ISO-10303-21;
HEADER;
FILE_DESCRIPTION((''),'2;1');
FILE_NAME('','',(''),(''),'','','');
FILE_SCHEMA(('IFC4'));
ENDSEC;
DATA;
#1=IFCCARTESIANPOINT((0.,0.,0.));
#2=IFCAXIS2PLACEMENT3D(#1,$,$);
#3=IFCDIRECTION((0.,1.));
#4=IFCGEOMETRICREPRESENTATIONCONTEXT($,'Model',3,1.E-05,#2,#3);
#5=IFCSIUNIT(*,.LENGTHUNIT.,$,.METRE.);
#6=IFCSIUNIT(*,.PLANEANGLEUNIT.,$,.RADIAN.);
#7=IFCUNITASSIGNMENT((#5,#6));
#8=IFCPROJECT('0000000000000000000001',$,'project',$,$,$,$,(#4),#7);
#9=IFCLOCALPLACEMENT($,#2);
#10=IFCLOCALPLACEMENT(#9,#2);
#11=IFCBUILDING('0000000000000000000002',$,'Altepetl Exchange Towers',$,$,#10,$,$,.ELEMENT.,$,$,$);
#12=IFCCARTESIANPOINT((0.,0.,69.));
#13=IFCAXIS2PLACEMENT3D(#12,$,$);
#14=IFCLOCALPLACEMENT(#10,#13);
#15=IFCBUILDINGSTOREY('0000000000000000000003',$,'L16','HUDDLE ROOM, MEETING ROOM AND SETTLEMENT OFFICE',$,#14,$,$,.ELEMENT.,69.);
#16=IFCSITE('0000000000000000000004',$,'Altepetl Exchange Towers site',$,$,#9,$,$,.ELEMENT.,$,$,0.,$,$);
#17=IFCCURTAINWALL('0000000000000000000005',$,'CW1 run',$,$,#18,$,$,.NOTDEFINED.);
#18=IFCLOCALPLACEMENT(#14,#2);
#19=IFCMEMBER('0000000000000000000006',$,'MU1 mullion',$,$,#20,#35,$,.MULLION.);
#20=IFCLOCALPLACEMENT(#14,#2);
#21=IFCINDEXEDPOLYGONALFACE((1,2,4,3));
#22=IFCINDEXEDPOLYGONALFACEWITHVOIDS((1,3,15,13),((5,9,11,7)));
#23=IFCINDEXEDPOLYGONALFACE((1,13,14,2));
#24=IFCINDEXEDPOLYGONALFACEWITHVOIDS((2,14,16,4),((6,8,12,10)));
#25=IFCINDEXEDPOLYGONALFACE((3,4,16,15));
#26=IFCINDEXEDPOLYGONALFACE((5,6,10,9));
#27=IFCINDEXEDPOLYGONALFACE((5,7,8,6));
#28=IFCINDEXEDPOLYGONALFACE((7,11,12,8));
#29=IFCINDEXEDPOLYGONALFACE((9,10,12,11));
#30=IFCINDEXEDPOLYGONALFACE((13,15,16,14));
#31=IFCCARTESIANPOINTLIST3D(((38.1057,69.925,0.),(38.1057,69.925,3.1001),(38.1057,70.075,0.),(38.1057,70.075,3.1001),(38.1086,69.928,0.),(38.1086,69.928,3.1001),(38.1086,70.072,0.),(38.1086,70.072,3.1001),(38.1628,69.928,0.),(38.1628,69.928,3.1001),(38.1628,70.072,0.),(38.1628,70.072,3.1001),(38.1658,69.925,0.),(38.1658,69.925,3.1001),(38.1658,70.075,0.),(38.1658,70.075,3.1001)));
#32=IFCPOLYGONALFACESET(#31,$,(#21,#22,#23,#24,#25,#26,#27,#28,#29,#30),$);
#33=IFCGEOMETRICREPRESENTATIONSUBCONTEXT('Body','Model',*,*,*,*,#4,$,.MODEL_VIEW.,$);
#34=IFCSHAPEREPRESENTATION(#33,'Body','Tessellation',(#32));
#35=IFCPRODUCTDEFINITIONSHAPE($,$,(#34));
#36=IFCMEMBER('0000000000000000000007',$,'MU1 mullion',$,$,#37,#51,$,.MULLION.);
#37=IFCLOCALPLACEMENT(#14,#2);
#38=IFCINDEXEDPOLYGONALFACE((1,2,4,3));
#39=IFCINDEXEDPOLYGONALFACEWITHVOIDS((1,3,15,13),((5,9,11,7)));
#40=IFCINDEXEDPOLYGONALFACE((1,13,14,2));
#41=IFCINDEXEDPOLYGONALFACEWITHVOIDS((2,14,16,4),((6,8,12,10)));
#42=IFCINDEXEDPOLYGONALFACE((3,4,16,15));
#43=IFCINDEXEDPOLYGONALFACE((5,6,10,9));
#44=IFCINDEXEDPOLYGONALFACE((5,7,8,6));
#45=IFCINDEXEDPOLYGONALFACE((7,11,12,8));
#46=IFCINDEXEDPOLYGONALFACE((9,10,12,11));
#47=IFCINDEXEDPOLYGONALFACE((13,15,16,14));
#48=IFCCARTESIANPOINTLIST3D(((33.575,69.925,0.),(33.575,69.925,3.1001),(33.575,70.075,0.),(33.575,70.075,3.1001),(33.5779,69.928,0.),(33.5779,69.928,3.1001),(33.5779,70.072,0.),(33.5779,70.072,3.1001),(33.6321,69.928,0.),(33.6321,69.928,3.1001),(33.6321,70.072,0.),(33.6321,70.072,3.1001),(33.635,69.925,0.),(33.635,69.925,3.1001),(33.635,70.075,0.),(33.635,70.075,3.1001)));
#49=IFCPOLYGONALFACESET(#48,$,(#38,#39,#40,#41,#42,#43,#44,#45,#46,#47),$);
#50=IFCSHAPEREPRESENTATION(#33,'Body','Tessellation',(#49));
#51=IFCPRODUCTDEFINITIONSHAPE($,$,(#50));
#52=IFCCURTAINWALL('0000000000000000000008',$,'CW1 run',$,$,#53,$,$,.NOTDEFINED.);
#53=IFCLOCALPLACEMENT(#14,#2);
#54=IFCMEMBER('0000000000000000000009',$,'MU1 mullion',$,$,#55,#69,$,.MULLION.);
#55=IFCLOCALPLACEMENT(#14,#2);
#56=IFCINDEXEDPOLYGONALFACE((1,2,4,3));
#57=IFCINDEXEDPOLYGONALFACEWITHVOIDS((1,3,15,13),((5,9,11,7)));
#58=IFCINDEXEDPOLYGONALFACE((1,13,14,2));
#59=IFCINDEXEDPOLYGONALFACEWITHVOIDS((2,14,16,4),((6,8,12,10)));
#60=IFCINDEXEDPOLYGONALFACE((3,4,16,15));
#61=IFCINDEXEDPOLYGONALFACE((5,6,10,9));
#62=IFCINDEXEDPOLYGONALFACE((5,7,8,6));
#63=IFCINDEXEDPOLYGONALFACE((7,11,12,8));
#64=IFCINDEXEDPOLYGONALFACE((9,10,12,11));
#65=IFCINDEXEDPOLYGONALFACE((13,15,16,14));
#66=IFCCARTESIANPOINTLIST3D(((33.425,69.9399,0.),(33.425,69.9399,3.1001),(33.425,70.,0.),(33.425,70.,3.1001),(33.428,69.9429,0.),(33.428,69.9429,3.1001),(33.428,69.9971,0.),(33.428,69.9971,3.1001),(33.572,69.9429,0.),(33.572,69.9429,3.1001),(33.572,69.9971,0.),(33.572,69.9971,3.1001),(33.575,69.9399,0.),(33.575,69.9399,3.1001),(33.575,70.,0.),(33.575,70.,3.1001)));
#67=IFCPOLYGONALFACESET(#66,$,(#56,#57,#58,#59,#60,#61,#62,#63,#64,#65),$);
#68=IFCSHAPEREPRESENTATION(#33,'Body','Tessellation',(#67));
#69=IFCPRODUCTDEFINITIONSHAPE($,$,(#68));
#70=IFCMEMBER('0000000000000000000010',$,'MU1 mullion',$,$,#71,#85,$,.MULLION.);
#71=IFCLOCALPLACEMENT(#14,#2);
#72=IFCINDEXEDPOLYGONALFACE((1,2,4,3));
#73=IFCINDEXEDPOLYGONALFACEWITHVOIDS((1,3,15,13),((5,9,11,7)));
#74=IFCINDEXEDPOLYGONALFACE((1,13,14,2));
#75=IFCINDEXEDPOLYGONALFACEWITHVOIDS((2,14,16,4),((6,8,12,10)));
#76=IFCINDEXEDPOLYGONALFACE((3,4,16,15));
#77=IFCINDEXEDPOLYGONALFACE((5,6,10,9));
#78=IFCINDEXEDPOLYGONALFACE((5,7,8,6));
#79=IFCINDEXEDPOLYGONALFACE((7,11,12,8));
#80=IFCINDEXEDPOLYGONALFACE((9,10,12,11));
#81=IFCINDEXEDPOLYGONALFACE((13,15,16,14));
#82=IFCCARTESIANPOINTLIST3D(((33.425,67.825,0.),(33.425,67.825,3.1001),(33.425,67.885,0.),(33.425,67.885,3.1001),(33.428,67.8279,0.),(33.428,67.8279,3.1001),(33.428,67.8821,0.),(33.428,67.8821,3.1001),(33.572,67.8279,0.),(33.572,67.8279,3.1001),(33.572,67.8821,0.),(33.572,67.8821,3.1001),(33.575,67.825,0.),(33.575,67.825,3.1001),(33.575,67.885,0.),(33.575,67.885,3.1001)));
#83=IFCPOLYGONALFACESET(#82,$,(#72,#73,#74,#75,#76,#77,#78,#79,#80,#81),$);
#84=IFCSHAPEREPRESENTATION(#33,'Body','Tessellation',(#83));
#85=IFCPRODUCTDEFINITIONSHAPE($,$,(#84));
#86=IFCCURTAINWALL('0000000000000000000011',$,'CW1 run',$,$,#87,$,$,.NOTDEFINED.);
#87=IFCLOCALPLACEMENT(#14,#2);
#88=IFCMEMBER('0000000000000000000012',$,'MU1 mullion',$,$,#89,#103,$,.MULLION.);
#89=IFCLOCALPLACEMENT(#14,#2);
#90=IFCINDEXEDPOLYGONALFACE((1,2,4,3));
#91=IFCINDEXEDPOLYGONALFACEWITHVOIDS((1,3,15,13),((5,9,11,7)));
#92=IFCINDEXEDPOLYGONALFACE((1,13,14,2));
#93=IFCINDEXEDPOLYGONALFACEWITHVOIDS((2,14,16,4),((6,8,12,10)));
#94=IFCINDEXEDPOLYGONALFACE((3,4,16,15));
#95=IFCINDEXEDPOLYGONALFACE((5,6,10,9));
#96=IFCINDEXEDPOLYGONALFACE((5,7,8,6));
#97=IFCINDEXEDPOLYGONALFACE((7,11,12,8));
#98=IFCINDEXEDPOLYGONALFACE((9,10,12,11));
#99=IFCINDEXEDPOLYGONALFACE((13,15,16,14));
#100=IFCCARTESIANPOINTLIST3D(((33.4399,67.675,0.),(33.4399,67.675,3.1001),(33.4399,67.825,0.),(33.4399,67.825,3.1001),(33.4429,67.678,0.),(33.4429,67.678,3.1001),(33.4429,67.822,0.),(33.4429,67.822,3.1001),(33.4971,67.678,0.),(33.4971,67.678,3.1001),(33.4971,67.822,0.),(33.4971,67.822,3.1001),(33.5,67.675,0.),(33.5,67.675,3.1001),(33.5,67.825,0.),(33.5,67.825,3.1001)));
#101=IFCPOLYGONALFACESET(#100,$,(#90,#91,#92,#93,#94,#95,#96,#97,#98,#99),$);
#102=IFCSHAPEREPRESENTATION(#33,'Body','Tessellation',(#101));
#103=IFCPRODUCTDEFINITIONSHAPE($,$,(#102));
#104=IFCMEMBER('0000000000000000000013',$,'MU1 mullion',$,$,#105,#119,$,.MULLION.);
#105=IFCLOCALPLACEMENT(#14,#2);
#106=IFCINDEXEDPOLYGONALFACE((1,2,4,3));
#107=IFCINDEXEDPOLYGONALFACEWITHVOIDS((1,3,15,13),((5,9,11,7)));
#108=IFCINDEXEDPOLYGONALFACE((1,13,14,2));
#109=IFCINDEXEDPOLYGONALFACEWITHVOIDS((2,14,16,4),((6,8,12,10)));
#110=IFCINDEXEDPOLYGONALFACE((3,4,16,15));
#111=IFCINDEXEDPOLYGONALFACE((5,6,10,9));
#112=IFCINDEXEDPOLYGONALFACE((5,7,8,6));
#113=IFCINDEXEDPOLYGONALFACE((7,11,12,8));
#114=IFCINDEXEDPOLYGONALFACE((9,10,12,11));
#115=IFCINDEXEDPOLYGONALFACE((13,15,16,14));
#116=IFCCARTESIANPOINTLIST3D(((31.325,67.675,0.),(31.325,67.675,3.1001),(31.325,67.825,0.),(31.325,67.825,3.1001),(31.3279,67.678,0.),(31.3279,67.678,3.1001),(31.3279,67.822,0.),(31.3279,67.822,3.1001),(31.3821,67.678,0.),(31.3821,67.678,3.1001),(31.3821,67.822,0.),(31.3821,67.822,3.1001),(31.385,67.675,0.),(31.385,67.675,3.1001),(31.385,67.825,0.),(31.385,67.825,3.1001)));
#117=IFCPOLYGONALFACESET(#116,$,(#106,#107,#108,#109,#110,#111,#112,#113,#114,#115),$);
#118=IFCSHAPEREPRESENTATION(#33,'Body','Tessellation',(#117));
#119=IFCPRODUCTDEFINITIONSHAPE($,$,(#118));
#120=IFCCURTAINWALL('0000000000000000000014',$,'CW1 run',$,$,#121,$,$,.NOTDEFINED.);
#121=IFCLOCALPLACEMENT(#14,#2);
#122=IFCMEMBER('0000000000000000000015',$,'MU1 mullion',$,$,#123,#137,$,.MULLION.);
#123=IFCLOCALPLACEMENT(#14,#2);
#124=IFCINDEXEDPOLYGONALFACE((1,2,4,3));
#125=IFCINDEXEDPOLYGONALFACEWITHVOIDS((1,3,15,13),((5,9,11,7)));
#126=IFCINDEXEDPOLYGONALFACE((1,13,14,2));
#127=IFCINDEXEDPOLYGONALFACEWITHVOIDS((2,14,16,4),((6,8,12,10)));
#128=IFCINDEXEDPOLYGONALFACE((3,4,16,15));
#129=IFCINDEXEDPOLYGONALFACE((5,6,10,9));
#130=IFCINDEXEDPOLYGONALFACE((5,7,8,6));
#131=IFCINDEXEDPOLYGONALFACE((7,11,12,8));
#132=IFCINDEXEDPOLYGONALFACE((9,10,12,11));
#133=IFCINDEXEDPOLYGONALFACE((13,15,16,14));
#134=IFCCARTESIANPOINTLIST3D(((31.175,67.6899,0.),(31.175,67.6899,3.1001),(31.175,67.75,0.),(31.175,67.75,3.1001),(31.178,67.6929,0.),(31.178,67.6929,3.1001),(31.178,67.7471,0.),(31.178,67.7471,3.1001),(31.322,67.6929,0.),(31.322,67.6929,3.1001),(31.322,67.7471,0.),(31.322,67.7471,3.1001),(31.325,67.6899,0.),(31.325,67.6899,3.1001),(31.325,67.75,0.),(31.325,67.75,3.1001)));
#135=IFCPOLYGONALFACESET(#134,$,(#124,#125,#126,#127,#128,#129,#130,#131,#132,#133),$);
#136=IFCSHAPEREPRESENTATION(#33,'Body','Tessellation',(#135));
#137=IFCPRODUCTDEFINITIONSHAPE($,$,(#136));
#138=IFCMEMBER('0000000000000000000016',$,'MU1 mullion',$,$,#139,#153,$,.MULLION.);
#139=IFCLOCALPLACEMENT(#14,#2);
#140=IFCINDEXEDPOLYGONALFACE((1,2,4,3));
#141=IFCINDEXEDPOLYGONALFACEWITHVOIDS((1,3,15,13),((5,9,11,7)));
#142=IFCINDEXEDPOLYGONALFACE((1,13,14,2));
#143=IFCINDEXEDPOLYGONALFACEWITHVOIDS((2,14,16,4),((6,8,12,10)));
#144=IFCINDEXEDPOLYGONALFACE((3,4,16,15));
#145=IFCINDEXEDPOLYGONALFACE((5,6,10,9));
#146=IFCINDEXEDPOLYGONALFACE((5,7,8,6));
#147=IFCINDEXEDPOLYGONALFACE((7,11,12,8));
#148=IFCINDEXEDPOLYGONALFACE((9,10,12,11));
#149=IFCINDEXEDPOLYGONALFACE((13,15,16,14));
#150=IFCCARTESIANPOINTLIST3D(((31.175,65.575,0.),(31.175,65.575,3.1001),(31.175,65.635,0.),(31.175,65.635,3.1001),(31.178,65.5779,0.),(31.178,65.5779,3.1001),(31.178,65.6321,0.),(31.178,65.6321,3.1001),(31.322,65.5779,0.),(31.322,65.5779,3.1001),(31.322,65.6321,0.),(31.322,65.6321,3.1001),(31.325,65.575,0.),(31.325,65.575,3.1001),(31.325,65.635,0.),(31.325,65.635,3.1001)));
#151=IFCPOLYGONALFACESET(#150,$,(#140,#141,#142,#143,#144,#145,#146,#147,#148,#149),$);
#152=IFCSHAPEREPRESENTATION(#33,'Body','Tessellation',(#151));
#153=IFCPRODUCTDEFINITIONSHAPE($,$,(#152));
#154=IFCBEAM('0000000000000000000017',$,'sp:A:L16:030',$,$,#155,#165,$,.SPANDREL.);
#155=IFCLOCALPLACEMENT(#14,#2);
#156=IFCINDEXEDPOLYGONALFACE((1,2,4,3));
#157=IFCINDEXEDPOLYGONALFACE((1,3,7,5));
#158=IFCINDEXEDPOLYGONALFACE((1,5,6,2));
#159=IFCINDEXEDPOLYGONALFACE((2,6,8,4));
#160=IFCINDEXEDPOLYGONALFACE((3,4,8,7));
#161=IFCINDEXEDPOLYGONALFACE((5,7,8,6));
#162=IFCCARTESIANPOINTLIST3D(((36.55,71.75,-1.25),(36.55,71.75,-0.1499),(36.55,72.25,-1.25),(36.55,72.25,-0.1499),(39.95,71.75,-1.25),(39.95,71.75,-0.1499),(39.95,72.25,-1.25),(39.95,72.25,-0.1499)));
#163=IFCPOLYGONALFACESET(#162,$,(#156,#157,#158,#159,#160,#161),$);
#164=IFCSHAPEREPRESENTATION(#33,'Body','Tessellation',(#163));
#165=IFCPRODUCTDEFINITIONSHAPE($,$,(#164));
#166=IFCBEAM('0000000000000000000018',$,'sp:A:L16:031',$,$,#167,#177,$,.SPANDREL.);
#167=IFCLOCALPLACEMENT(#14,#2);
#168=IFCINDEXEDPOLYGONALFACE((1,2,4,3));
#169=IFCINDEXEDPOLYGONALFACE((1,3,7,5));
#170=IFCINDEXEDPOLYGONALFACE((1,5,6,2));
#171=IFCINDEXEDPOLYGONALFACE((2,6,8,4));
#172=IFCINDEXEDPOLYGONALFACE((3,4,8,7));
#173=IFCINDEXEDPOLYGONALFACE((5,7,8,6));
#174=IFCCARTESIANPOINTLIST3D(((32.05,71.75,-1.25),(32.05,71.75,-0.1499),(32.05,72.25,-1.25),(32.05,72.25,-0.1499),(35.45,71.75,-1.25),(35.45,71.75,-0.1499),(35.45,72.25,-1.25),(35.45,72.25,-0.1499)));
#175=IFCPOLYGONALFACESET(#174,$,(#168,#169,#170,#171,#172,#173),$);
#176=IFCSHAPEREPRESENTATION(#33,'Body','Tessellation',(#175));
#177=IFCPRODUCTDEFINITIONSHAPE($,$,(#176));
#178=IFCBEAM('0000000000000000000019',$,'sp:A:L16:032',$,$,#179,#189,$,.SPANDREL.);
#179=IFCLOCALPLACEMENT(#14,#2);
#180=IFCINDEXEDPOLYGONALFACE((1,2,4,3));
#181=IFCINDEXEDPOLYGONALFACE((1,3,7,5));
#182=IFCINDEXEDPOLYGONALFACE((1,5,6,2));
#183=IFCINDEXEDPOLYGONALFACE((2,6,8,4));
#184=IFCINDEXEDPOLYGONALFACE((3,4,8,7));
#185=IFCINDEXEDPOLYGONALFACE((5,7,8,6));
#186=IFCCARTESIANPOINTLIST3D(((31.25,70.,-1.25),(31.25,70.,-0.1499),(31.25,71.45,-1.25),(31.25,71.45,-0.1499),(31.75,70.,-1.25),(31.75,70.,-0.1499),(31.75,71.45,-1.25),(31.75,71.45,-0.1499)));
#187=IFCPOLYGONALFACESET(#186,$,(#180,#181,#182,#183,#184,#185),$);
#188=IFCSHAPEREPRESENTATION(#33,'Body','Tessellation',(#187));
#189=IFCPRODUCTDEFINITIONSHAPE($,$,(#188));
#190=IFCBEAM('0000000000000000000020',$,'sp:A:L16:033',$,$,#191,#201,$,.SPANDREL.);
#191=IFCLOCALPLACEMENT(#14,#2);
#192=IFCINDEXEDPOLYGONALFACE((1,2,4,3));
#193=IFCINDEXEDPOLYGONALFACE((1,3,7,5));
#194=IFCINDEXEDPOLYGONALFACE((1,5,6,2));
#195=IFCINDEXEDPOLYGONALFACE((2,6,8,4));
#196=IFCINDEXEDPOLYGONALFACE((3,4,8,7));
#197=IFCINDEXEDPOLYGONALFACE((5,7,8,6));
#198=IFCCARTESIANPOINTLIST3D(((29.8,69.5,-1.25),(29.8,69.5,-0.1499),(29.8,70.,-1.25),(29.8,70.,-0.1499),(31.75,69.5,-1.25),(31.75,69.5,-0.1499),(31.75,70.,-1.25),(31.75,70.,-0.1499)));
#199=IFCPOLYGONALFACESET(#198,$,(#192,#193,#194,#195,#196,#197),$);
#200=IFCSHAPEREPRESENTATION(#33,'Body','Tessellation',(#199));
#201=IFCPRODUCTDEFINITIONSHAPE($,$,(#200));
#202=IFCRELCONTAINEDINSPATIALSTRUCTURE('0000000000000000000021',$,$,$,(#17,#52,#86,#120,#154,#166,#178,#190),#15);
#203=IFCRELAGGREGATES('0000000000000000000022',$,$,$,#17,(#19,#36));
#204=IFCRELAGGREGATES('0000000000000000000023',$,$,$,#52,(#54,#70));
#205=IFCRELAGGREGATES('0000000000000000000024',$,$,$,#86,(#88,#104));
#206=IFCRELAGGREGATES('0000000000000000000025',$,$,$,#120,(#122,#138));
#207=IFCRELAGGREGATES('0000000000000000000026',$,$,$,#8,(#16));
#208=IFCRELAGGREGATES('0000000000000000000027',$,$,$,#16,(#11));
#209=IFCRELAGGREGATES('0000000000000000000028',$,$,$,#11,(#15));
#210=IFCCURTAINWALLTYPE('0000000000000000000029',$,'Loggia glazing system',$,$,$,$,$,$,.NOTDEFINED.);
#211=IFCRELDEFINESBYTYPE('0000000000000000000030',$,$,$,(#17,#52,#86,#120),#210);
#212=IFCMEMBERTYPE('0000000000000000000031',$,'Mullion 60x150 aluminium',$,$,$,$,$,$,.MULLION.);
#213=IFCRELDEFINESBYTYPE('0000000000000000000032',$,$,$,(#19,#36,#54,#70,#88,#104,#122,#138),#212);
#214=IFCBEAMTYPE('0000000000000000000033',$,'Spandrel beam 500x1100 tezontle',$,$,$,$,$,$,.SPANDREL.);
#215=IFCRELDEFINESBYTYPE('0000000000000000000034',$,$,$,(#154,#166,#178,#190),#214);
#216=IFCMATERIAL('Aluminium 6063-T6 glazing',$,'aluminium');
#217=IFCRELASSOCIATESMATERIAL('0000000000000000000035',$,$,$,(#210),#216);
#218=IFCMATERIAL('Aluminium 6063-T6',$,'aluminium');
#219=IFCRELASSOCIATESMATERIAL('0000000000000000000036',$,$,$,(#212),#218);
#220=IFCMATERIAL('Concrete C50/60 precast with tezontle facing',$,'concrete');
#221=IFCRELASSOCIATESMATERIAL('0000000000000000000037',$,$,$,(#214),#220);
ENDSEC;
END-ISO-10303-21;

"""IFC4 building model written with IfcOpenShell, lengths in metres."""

from ifc_helpers import new_model, si_unit, direction, frame, origin, origin_2d, place, context, subcontext, project, spatial, rectangle, hollow_rectangle, extrude, material, material_profile, profile_set, type_object, element, aggregate, save


model = new_model("IFC4")

# Units and contexts
model_context = context("Model", 3, precision=1e-05, world=origin(), true_north=direction((0.0, 1.0)))
body_context = subcontext(model_context, "Body", "Model", "MODEL_VIEW")
ifc_project = project(units=[si_unit("LENGTHUNIT", "METRE"), si_unit("PLANEANGLEUNIT", "RADIAN")], contexts=[model_context])

# Site, building, storey
site_placement = place(None, origin())
site = spatial("IfcSite", under=ifc_project, at=site_placement, Name="Altepetl Exchange Towers site", CompositionType="ELEMENT", RefElevation=0.0)
building_placement = place(site_placement, origin())
building = spatial("IfcBuilding", under=site, at=building_placement, Name="Altepetl Exchange Towers", CompositionType="ELEMENT")
storey_placement = place(building_placement, frame((0.0, 0.0, 69.0)))
storey = spatial("IfcBuildingStorey", under=building, at=storey_placement, Name="L16", Description="HUDDLE ROOM, MEETING ROOM AND SETTLEMENT OFFICE", CompositionType="ELEMENT", Elevation=69.0)

# Shared definitions
ifc_material_1 = material(Name="Aluminium 6063-T6 glazing", Category="aluminium")
curtain_wall_type = type_object("IfcCurtainWallType", Name="Loggia glazing system", PredefinedType="NOTDEFINED", material=ifc_material_1)
ifc_material_2 = material(Name="Aluminium 6063-T6", Category="aluminium")
ifc_material_profile_1 = material_profile(ifc_material_2, hollow_rectangle(XDim=0.0601, YDim=0.1499, WallThickness=0.0029, at=origin_2d()), Name="Mullion 60x150 aluminium")
ifc_profile_set_1 = profile_set([ifc_material_profile_1], Name="Aluminium 6063-T6")
member_type = type_object("IfcMemberType", Name="Mullion 60x150 aluminium", PredefinedType="MULLION", material=ifc_profile_set_1)

# Curtain walls, members
curtain_wall_1_placement = place(storey_placement, origin())
curtain_wall_1 = element("IfcCurtainWall", 1, at=curtain_wall_1_placement, inside=storey, type_object=curtain_wall_type, Name="CW1 run", PredefinedType="NOTDEFINED")
member_1_placement = place(storey_placement, frame((38.1357, 70.0, 0.0), z_axis=(0.0, 0.0, 1.0), x_axis=(-1.0, 0.0, 0.0)))
member_1 = element("IfcMember", 2, at=member_1_placement, type_object=member_type, Name="MU1 mullion", PredefinedType="MULLION", context=body_context, shape_type="SweptSolid", body=[
    extrude(hollow_rectangle(XDim=0.0601, YDim=0.1499, WallThickness=0.0029, at=origin_2d()), origin(), (0.0, 0.0, 1.0), 3.1001),
])
member_2_placement = place(storey_placement, frame((33.605, 70.0, 0.0), z_axis=(0.0, 0.0, 1.0), x_axis=(-1.0, 0.0, 0.0)))
member_2 = element("IfcMember", 3, at=member_2_placement, type_object=member_type, Name="MU1 mullion", PredefinedType="MULLION", context=body_context, shape_type="SweptSolid", body=[
    extrude(hollow_rectangle(XDim=0.0601, YDim=0.1499, WallThickness=0.0029, at=origin_2d()), origin(), (0.0, 0.0, 1.0), 3.1001),
])
curtain_wall_2_placement = place(storey_placement, origin())
curtain_wall_2 = element("IfcCurtainWall", 4, at=curtain_wall_2_placement, inside=storey, type_object=curtain_wall_type, Name="CW1 run", PredefinedType="NOTDEFINED")
member_3_placement = place(storey_placement, frame((33.5, 69.97, 0.0), z_axis=(0.0, 0.0, 1.0), x_axis=(0.0, -1.0, 0.0)))
member_3 = element("IfcMember", 5, at=member_3_placement, type_object=member_type, Name="MU1 mullion", PredefinedType="MULLION", context=body_context, shape_type="SweptSolid", body=[
    extrude(hollow_rectangle(XDim=0.0601, YDim=0.1499, WallThickness=0.0029, at=origin_2d()), origin(), (0.0, 0.0, 1.0), 3.1001),
])
member_4_placement = place(storey_placement, frame((33.5, 67.855, 0.0), z_axis=(0.0, 0.0, 1.0), x_axis=(0.0, -1.0, 0.0)))
member_4 = element("IfcMember", 6, at=member_4_placement, type_object=member_type, Name="MU1 mullion", PredefinedType="MULLION", context=body_context, shape_type="SweptSolid", body=[
    extrude(hollow_rectangle(XDim=0.0601, YDim=0.1499, WallThickness=0.0029, at=origin_2d()), origin(), (0.0, 0.0, 1.0), 3.1001),
])
curtain_wall_3_placement = place(storey_placement, origin())
curtain_wall_3 = element("IfcCurtainWall", 7, at=curtain_wall_3_placement, inside=storey, type_object=curtain_wall_type, Name="CW1 run", PredefinedType="NOTDEFINED")
member_5_placement = place(storey_placement, frame((33.47, 67.75, 0.0), z_axis=(0.0, 0.0, 1.0), x_axis=(-1.0, 0.0, 0.0)))
member_5 = element("IfcMember", 8, at=member_5_placement, type_object=member_type, Name="MU1 mullion", PredefinedType="MULLION", context=body_context, shape_type="SweptSolid", body=[
    extrude(hollow_rectangle(XDim=0.0601, YDim=0.1499, WallThickness=0.0029, at=origin_2d()), origin(), (0.0, 0.0, 1.0), 3.1001),
])
member_6_placement = place(storey_placement, frame((31.355, 67.75, 0.0), z_axis=(0.0, 0.0, 1.0), x_axis=(-1.0, 0.0, 0.0)))
member_6 = element("IfcMember", 9, at=member_6_placement, type_object=member_type, Name="MU1 mullion", PredefinedType="MULLION", context=body_context, shape_type="SweptSolid", body=[
    extrude(hollow_rectangle(XDim=0.0601, YDim=0.1499, WallThickness=0.0029, at=origin_2d()), origin(), (0.0, 0.0, 1.0), 3.1001),
])
curtain_wall_4_placement = place(storey_placement, origin())
curtain_wall_4 = element("IfcCurtainWall", 10, at=curtain_wall_4_placement, inside=storey, type_object=curtain_wall_type, Name="CW1 run", PredefinedType="NOTDEFINED")
member_7_placement = place(storey_placement, frame((31.25, 67.72, 0.0), z_axis=(0.0, 0.0, 1.0), x_axis=(0.0, -1.0, 0.0)))
member_7 = element("IfcMember", 11, at=member_7_placement, type_object=member_type, Name="MU1 mullion", PredefinedType="MULLION", context=body_context, shape_type="SweptSolid", body=[
    extrude(hollow_rectangle(XDim=0.0601, YDim=0.1499, WallThickness=0.0029, at=origin_2d()), origin(), (0.0, 0.0, 1.0), 3.1001),
])
member_8_placement = place(storey_placement, frame((31.25, 65.605, 0.0), z_axis=(0.0, 0.0, 1.0), x_axis=(0.0, -1.0, 0.0)))
member_8 = element("IfcMember", 12, at=member_8_placement, type_object=member_type, Name="MU1 mullion", PredefinedType="MULLION", context=body_context, shape_type="SweptSolid", body=[
    extrude(hollow_rectangle(XDim=0.0601, YDim=0.1499, WallThickness=0.0029, at=origin_2d()), origin(), (0.0, 0.0, 1.0), 3.1001),
])

# Beams
ifc_material_3 = material(Name="Concrete C50/60 precast with tezontle facing", Category="concrete")
ifc_material_profile_2 = material_profile(ifc_material_3, rectangle(XDim=0.5, YDim=1.1001, at=origin_2d()), Name="500 x 1100")
ifc_profile_set_2 = profile_set([ifc_material_profile_2], Name="Concrete C50/60 precast with tezontle facing")
beam_type_1 = type_object("IfcBeamType", Name="Spandrel beam 500x1100 tezontle", PredefinedType="SPANDREL", material=ifc_profile_set_2)
for number, where, z_axis, x_axis, name in (
    (13, (39.95, 72.0, -0.7), (-1.0, 0.0, 0.0), (0.0, -1.0, 0.0), "sp:A:L16:030"),
    (14, (35.45, 72.0, -0.7), (-1.0, 0.0, 0.0), (0.0, -1.0, 0.0), "sp:A:L16:031"),
):
    element("IfcBeam", number, at=place(storey_placement, frame(where, z_axis=z_axis, x_axis=x_axis)), inside=storey, type_object=beam_type_1, Name=name, PredefinedType="SPANDREL", context=body_context, shape_type="SweptSolid", body=[
        extrude(rectangle(XDim=0.5, YDim=1.1001, at=origin_2d()), origin(), (0.0, 0.0, 1.0), 3.3999),
    ])
beam_1_placement = place(storey_placement, frame((31.5, 71.45, -0.7), z_axis=(0.0, -1.0, 0.0), x_axis=(1.0, 0.0, 0.0)))
element("IfcBeam", 15, at=beam_1_placement, inside=storey, type_object=beam_type_1, Name="sp:A:L16:032", PredefinedType="SPANDREL", context=body_context, shape_type="SweptSolid", body=[
    extrude(rectangle(XDim=0.5, YDim=1.1001, at=origin_2d()), origin(), (0.0, 0.0, 1.0), 1.45),
])
beam_2_placement = place(storey_placement, frame((31.75, 69.75, -0.7), z_axis=(-1.0, 0.0, 0.0), x_axis=(0.0, -1.0, 0.0)))
element("IfcBeam", 16, at=beam_2_placement, inside=storey, type_object=beam_type_1, Name="sp:A:L16:033", PredefinedType="SPANDREL", context=body_context, shape_type="SweptSolid", body=[
    extrude(rectangle(XDim=0.5, YDim=1.1001, at=origin_2d()), origin(), (0.0, 0.0, 1.0), 1.95),
])

aggregate(curtain_wall_1, [member_1, member_2])
aggregate(curtain_wall_2, [member_3, member_4])
aggregate(curtain_wall_3, [member_5, member_6])
aggregate(curtain_wall_4, [member_7, member_8])

save(model, "model.ifc")
